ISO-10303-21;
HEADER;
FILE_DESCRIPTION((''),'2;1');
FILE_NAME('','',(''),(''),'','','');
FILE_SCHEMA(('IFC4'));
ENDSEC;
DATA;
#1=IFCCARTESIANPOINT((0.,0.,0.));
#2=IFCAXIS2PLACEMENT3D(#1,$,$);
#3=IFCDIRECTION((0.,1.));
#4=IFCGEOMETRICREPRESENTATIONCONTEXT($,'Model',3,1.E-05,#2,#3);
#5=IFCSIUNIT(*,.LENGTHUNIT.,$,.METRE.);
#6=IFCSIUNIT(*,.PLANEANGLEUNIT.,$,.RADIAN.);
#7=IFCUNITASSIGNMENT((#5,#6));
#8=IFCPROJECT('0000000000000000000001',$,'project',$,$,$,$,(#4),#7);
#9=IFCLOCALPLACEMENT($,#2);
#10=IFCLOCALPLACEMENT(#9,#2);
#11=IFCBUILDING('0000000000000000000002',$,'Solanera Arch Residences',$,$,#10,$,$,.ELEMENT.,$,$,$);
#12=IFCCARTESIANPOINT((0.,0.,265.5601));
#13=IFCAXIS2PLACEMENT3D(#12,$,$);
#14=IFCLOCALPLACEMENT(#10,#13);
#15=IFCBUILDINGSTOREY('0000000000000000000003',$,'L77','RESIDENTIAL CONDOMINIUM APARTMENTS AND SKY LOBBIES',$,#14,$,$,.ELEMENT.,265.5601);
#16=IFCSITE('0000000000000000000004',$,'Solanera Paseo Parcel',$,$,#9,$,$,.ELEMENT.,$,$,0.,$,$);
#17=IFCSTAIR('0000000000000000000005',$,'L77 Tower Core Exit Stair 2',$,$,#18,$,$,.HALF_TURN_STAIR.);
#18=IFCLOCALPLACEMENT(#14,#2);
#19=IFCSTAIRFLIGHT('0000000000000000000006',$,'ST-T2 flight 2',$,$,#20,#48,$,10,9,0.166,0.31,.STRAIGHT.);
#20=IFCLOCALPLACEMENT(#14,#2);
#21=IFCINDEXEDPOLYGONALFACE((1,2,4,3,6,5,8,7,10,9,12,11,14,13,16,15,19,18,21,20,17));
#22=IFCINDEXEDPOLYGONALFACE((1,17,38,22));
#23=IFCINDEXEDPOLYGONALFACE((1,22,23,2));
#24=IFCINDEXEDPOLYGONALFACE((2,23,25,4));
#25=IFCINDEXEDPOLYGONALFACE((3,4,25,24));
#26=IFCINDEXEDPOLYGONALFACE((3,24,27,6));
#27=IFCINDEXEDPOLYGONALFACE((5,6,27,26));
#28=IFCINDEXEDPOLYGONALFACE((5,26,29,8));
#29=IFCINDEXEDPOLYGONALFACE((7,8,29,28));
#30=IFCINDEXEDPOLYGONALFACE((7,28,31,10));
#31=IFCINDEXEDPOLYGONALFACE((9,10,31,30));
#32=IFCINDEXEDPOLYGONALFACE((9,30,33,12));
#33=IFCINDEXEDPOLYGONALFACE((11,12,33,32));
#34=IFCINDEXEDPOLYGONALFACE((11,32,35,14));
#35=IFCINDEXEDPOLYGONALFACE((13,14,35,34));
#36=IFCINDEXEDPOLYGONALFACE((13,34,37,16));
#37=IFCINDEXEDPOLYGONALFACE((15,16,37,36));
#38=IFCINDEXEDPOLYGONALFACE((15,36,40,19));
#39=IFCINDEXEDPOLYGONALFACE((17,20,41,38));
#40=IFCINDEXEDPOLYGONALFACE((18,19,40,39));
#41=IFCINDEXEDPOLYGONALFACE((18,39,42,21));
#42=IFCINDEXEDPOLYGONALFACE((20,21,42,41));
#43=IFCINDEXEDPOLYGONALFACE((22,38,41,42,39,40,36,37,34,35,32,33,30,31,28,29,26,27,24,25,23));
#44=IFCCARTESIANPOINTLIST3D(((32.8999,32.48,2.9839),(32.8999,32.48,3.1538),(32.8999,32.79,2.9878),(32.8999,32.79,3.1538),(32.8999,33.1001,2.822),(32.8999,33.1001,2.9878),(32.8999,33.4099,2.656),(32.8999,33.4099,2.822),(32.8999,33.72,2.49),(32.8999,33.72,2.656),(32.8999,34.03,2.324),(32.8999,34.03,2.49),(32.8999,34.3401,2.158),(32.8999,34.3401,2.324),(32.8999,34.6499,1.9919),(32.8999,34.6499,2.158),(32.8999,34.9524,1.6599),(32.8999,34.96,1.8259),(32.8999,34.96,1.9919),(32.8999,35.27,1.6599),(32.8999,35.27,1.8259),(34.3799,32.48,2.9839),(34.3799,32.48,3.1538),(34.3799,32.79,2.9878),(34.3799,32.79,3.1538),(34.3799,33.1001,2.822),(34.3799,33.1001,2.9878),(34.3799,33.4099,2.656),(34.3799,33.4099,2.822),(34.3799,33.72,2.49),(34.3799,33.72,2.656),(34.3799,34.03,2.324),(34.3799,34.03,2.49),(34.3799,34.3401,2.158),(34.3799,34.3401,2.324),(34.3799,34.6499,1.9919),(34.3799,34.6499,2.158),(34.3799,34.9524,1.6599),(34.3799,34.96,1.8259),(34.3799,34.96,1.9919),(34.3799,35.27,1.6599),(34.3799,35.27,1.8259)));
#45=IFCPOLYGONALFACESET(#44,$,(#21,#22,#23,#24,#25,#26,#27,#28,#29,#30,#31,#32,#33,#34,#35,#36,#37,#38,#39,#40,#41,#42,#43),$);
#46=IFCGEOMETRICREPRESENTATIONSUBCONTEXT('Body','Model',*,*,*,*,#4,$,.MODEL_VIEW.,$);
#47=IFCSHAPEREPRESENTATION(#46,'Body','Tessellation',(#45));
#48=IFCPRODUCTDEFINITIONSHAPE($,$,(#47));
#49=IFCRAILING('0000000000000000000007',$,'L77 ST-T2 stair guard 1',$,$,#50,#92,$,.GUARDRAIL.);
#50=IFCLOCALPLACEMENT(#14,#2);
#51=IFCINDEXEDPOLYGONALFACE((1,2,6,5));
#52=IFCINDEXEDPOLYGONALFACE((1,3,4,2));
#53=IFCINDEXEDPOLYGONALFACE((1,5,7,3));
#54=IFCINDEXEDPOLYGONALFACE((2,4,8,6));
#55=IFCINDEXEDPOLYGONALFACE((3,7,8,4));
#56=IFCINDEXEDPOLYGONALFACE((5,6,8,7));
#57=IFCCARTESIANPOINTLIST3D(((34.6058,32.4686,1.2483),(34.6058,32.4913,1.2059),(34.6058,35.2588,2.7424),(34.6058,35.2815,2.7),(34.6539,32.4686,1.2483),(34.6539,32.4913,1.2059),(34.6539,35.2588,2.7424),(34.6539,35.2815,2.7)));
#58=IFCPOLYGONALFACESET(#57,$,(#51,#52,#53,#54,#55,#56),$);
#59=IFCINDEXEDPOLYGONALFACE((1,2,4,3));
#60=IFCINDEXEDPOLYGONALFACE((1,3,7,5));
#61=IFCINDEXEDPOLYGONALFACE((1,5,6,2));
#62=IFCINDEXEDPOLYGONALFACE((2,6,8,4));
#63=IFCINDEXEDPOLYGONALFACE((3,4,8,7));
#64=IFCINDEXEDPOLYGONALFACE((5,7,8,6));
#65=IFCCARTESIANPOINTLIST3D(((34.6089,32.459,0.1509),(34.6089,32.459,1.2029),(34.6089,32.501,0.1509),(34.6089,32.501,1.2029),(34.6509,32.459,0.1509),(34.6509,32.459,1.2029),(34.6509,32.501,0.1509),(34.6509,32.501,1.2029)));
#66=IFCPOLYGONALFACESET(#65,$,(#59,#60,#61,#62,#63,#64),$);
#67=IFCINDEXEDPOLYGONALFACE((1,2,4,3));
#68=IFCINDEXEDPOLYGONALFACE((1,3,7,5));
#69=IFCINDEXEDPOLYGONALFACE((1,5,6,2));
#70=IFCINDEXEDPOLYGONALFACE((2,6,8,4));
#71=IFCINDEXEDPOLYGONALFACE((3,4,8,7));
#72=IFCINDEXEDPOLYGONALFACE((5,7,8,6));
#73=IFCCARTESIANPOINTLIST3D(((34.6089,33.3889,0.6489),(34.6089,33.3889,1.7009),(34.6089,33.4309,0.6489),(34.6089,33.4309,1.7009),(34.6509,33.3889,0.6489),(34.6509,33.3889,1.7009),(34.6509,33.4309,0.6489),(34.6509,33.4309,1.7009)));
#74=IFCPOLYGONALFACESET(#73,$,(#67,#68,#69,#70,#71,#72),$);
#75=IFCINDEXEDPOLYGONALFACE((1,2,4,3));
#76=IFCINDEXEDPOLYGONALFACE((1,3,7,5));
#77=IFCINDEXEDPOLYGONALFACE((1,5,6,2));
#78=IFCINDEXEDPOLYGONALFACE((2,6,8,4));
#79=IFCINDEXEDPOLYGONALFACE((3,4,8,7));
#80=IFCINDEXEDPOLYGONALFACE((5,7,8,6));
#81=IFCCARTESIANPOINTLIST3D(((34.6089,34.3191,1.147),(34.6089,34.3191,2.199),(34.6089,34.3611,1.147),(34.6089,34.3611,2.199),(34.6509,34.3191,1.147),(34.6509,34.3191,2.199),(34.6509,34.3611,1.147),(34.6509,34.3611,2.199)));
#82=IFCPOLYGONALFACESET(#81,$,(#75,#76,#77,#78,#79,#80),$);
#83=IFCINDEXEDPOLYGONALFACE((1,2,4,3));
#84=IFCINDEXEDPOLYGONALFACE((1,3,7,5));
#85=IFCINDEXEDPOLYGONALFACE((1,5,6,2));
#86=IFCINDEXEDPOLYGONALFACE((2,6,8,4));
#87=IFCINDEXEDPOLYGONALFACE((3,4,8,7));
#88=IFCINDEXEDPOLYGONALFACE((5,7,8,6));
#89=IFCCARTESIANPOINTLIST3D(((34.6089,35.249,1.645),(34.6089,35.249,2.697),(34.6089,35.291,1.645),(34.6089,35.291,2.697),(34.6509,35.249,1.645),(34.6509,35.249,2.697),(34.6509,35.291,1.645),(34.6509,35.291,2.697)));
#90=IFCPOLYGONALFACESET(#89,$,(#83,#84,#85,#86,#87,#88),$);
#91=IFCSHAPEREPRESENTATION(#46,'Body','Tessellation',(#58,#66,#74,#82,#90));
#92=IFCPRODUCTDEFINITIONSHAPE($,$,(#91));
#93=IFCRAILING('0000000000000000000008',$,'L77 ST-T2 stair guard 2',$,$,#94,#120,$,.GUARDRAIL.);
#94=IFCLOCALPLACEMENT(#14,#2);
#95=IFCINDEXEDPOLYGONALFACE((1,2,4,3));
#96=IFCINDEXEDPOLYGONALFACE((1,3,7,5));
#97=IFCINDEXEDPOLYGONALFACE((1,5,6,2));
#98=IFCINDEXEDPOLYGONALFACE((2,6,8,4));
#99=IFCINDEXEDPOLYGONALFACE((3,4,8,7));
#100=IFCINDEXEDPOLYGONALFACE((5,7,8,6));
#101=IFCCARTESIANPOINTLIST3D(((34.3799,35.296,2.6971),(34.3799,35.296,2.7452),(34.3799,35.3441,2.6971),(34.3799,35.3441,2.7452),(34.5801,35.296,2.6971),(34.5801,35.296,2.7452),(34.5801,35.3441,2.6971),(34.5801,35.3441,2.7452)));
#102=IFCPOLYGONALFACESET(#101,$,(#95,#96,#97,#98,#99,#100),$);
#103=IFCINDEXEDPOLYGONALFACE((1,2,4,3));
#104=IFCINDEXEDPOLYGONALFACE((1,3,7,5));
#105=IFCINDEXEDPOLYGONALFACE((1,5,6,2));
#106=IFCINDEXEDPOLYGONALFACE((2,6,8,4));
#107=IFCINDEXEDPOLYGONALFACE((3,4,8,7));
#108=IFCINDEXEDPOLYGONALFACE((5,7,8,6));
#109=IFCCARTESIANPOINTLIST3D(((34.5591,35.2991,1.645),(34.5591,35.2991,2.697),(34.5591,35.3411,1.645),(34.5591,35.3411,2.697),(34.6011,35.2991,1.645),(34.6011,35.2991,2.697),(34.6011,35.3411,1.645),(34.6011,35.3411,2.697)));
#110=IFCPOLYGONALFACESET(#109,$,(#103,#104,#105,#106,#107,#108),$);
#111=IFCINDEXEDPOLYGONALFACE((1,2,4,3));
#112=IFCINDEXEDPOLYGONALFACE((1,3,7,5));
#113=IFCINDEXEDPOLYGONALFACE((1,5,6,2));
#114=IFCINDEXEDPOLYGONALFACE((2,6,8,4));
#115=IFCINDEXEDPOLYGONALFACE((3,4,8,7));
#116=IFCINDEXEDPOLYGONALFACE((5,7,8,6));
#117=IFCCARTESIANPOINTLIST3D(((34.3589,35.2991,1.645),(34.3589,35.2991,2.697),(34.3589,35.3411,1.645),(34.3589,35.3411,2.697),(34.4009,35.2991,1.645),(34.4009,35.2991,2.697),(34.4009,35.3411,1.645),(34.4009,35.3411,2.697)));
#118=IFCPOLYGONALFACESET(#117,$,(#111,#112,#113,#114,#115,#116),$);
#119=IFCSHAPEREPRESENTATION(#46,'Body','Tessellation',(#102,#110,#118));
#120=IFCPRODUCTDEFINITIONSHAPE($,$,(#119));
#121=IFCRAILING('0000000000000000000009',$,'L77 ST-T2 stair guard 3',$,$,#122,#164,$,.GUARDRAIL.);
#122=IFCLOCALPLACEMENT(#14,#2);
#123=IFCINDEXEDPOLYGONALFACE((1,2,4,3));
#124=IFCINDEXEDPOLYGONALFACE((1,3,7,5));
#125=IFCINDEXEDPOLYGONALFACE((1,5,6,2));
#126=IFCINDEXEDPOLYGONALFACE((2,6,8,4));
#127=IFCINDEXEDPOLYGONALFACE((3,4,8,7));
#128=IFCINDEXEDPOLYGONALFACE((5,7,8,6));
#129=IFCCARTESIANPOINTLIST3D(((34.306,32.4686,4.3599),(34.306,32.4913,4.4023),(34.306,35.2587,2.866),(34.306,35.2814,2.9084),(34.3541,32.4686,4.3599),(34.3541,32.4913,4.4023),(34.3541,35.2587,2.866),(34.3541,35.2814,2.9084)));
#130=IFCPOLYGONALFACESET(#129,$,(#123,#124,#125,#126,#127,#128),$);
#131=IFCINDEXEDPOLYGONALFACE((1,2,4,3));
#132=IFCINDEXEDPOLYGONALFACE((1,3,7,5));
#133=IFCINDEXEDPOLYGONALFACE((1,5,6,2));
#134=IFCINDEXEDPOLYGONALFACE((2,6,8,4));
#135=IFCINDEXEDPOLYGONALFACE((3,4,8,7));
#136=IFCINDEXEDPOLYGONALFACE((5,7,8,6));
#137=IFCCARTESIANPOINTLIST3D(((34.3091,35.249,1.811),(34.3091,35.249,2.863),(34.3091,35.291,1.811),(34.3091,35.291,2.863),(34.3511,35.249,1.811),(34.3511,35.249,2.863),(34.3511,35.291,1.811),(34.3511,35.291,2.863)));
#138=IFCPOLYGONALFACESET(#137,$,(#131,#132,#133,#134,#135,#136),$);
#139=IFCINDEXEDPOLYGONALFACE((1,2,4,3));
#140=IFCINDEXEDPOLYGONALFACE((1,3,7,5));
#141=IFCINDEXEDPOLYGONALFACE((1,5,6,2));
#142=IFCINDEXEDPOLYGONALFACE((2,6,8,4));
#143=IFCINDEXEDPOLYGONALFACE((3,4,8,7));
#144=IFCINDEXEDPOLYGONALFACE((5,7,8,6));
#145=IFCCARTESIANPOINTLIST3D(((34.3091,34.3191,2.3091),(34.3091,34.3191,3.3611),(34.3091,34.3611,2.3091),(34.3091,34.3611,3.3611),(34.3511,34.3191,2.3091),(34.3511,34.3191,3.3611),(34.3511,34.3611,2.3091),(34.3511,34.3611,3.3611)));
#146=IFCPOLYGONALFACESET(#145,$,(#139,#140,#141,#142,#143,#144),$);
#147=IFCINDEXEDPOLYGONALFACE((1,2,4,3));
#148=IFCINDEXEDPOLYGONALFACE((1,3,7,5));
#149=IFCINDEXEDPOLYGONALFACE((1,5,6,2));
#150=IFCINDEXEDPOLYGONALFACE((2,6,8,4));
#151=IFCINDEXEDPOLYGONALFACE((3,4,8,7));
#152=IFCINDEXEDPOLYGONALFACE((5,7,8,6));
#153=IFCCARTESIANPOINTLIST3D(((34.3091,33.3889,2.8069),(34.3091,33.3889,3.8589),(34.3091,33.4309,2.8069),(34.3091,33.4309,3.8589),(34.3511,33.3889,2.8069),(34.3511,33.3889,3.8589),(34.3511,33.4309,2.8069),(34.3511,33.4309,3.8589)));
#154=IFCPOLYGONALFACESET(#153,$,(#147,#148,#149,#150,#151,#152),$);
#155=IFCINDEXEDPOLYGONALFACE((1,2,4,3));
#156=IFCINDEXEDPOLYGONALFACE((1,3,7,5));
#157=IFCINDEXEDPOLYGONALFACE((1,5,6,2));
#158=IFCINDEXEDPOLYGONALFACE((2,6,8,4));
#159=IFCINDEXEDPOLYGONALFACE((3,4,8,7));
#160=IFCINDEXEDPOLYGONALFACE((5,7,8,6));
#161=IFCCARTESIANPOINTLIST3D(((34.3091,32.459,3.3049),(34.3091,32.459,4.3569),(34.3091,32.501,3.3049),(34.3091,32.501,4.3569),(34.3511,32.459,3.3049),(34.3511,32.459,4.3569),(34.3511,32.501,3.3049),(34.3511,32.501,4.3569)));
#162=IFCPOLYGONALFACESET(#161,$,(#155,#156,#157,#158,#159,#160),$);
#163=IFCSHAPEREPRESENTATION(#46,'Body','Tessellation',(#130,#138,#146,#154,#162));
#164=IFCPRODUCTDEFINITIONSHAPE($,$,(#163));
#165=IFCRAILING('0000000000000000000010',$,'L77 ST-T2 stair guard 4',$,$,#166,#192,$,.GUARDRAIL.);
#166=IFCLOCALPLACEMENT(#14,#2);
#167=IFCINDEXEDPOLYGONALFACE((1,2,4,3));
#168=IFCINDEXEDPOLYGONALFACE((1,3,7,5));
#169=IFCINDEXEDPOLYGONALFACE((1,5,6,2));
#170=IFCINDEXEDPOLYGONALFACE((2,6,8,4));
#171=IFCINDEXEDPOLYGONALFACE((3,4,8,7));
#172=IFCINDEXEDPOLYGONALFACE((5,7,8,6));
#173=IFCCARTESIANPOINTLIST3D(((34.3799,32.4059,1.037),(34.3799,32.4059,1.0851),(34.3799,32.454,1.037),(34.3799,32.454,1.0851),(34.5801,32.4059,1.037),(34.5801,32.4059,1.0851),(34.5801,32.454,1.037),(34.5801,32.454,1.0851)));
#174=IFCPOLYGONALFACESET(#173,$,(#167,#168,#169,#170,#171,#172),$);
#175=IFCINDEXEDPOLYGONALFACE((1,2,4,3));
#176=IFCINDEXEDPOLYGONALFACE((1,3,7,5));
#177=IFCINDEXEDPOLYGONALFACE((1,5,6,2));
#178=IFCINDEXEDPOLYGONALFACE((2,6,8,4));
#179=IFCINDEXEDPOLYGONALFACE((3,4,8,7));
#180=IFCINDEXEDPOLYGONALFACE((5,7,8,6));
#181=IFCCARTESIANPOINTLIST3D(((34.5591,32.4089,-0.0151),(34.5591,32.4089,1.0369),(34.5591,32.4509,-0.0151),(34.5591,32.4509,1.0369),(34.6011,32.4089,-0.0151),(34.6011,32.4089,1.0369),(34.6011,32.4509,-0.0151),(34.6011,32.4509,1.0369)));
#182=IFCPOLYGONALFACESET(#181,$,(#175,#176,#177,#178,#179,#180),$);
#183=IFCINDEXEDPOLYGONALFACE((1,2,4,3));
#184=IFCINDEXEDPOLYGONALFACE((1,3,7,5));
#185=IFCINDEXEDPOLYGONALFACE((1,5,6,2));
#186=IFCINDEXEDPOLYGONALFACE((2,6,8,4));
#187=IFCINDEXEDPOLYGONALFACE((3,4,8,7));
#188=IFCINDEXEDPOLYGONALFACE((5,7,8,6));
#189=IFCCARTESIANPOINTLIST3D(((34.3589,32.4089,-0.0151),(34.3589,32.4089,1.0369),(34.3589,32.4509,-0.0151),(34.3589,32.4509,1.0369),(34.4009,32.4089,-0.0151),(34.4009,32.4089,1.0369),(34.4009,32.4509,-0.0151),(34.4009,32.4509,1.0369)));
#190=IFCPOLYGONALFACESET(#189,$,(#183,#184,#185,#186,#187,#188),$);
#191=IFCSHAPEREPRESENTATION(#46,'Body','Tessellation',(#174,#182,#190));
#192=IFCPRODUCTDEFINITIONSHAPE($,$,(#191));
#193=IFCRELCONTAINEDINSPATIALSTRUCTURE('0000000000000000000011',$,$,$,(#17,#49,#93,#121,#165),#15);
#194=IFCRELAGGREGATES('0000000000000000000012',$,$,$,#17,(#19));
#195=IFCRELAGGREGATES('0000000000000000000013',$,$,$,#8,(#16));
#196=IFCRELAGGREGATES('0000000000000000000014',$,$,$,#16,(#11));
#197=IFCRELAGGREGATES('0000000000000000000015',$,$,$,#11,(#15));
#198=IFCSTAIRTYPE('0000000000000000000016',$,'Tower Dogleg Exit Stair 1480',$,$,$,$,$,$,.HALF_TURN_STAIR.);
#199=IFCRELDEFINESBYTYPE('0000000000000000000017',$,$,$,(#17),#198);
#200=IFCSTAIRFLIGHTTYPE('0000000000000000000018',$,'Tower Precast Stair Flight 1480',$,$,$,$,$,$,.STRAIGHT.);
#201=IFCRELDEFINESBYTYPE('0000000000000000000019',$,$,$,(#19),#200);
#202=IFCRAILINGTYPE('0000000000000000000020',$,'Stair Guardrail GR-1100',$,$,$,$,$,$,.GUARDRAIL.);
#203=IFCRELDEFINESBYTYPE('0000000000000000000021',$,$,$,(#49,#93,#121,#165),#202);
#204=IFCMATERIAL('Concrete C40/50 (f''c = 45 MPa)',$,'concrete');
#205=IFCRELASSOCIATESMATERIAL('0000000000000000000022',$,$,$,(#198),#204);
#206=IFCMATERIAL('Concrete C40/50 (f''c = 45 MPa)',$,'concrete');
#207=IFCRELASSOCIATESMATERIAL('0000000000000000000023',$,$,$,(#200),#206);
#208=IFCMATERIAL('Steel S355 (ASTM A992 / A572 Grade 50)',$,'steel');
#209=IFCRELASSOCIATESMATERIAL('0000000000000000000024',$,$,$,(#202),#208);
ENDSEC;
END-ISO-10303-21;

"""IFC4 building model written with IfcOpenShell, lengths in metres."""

from ifc_helpers import new_model, si_unit, direction, frame, origin, origin_2d, place, context, subcontext, project, spatial, polyline, rectangle, outline, extrude, material, type_object, element, aggregate, save


model = new_model("IFC4")

# Units and contexts
model_context = context("Model", 3, precision=1e-05, world=origin(), true_north=direction((0.0, 1.0)))
body_context = subcontext(model_context, "Body", "Model", "MODEL_VIEW")
ifc_project = project(units=[si_unit("LENGTHUNIT", "METRE"), si_unit("PLANEANGLEUNIT", "RADIAN")], contexts=[model_context])

# Site, building, storey
site_placement = place(None, origin())
site = spatial("IfcSite", under=ifc_project, at=site_placement, Name="Solanera Paseo Parcel", CompositionType="ELEMENT", RefElevation=0.0)
building_placement = place(site_placement, origin())
building = spatial("IfcBuilding", under=site, at=building_placement, Name="Solanera Arch Residences", CompositionType="ELEMENT")
storey_placement = place(building_placement, frame((0.0, 0.0, 265.5601)))
storey = spatial("IfcBuildingStorey", under=building, at=storey_placement, Name="L77", Description="RESIDENTIAL CONDOMINIUM APARTMENTS AND SKY LOBBIES", CompositionType="ELEMENT", Elevation=265.5601)

# Stair, stair flight
ifc_material_1 = material(Name="Concrete C40/50 (f'c = 45 MPa)", Category="concrete")
stair_type = type_object("IfcStairType", Name="Tower Dogleg Exit Stair 1480", PredefinedType="HALF_TURN_STAIR", material=ifc_material_1)
stair_placement = place(storey_placement, origin())
stair = element("IfcStair", 1, at=stair_placement, inside=storey, type_object=stair_type, Name="L77 Tower Core Exit Stair 2", PredefinedType="HALF_TURN_STAIR")
ifc_material_2 = material(Name="Concrete C40/50 (f'c = 45 MPa)", Category="concrete")
stair_flight_type = type_object("IfcStairFlightType", Name="Tower Precast Stair Flight 1480", PredefinedType="STRAIGHT", material=ifc_material_2)
stair_flight_1_placement = place(storey_placement, frame((33.6399, 35.27, 1.6599), z_axis=(0.0, 0.0, 1.0), x_axis=(0.0, -1.0, 0.0)))
stair_flight_1 = element("IfcStairFlight", 2, at=stair_flight_1_placement, type_object=stair_flight_type, Name="ST-T2 flight 2", NumberOfRisers=10, NumberOfTreads=9, PredefinedType="STRAIGHT", RiserHeight=0.166, TreadLength=0.31, context=body_context, shape_type="SweptSolid", body=[
    extrude(outline(polyline([(0.0, 0.0), (0.0, 0.166), (0.3101, 0.166), (0.3101, 0.332), (0.6201, 0.332), (0.6201, 0.498), (0.9299, 0.498), (0.9299, 0.6641), (1.24, 0.6641), (1.24, 0.8301), (1.55, 0.8301), (1.55, 0.9961), (1.8601, 0.9961), (1.8601, 1.1621), (2.1699, 1.1621), (2.1699, 1.3279), (2.48, 1.3279), (2.48, 1.4939), (2.79, 1.4939), (2.79, 1.6599), (2.79, 1.324), (0.3176, 0.0), (0.0, 0.0)])), frame((0.0, 0.74, 0.0), z_axis=(0.0, -1.0, 0.0), x_axis=(1.0, 0.0, 0.0)), (0.0, 0.0, 1.0), 1.48),
])
aggregate(stair, [stair_flight_1])

# Railings
ifc_material_3 = material(Name="Steel S355 (ASTM A992 / A572 Grade 50)", Category="steel")
railing_type_1 = type_object("IfcRailingType", Name="Stair Guardrail GR-1100", PredefinedType="GUARDRAIL", material=ifc_material_3)
railing_1_placement = place(storey_placement, frame((34.6299, 32.48, 0.1509)))
element("IfcRailing", 3, at=railing_1_placement, inside=storey, type_object=railing_type_1, Name="L77 ST-T2 stair guard 1", PredefinedType="GUARDRAIL", context=body_context, shape_type="SweptSolid", body=[
    extrude(rectangle(XDim=0.0481, YDim=0.0481, at=origin_2d()), frame((0.0, 0.0, 1.0762), z_axis=(0.0, 0.881549, 0.472093), x_axis=(-1.0, 0.0, 0.0)), (0.0, 0.0, 1.0), 3.165),
    extrude(rectangle(XDim=0.042, YDim=0.042, at=origin_2d()), origin(), (0.0, 0.0, 1.0), 1.052),
    extrude(rectangle(XDim=0.042, YDim=0.042, at=origin_2d()), frame((0.0, 0.9299, 0.498)), (0.0, 0.0, 1.0), 1.052),
    extrude(rectangle(XDim=0.042, YDim=0.042, at=origin_2d()), frame((0.0, 1.8601, 0.9961)), (0.0, 0.0, 1.0), 1.052),
    extrude(rectangle(XDim=0.042, YDim=0.042, at=origin_2d()), frame((0.0, 2.79, 1.4941)), (0.0, 0.0, 1.0), 1.052),
])
railing_2_placement = place(storey_placement, frame((34.5801, 35.3201, 1.645)))
element("IfcRailing", 4, at=railing_2_placement, inside=storey, type_object=railing_type_1, Name="L77 ST-T2 stair guard 2", PredefinedType="GUARDRAIL", context=body_context, shape_type="SweptSolid", body=[
    extrude(rectangle(XDim=0.0481, YDim=0.0481, at=origin_2d()), frame((0.0, 0.0, 1.0762), z_axis=(-1.0, 0.0, 0.0), x_axis=(0.0, -1.0, 0.0)), (0.0, 0.0, 1.0), 0.2002),
    extrude(rectangle(XDim=0.042, YDim=0.042, at=origin_2d()), origin(), (0.0, 0.0, 1.0), 1.052),
    extrude(rectangle(XDim=0.042, YDim=0.042, at=origin_2d()), frame((-0.2002, 0.0, 0.0)), (0.0, 0.0, 1.0), 1.052),
])
railing_3_placement = place(storey_placement, frame((34.3301, 35.27, 1.811)))
element("IfcRailing", 5, at=railing_3_placement, inside=storey, type_object=railing_type_1, Name="L77 ST-T2 stair guard 3", PredefinedType="GUARDRAIL", context=body_context, shape_type="SweptSolid", body=[
    extrude(rectangle(XDim=0.0481, YDim=0.0481, at=origin_2d()), frame((0.0, 0.0, 1.0762), z_axis=(0.0, -0.881581, 0.472033), x_axis=(1.0, 0.0, 0.0)), (0.0, 0.0, 1.0), 3.1648),
    extrude(rectangle(XDim=0.042, YDim=0.042, at=origin_2d()), origin(), (0.0, 0.0, 1.0), 1.052),
    extrude(rectangle(XDim=0.042, YDim=0.042, at=origin_2d()), frame((0.0, -0.9299, 0.498)), (0.0, 0.0, 1.0), 1.052),
    extrude(rectangle(XDim=0.042, YDim=0.042, at=origin_2d()), frame((0.0, -1.8601, 0.9958)), (0.0, 0.0, 1.0), 1.052),
    extrude(rectangle(XDim=0.042, YDim=0.042, at=origin_2d()), frame((0.0, -2.79, 1.4939)), (0.0, 0.0, 1.0), 1.052),
])
railing_4_placement = place(storey_placement, frame((34.5801, 32.4299, -0.0151)))
element("IfcRailing", 6, at=railing_4_placement, inside=storey, type_object=railing_type_1, Name="L77 ST-T2 stair guard 4", PredefinedType="GUARDRAIL", context=body_context, shape_type="SweptSolid", body=[
    extrude(rectangle(XDim=0.0481, YDim=0.0481, at=origin_2d()), frame((0.0, 0.0, 1.0762), z_axis=(-1.0, 0.0, 0.0), x_axis=(0.0, -1.0, 0.0)), (0.0, 0.0, 1.0), 0.2002),
    extrude(rectangle(XDim=0.042, YDim=0.042, at=origin_2d()), origin(), (0.0, 0.0, 1.0), 1.052),
    extrude(rectangle(XDim=0.042, YDim=0.042, at=origin_2d()), frame((-0.2002, 0.0, 0.0)), (0.0, 0.0, 1.0), 1.052),
])

save(model, "model.ifc")
